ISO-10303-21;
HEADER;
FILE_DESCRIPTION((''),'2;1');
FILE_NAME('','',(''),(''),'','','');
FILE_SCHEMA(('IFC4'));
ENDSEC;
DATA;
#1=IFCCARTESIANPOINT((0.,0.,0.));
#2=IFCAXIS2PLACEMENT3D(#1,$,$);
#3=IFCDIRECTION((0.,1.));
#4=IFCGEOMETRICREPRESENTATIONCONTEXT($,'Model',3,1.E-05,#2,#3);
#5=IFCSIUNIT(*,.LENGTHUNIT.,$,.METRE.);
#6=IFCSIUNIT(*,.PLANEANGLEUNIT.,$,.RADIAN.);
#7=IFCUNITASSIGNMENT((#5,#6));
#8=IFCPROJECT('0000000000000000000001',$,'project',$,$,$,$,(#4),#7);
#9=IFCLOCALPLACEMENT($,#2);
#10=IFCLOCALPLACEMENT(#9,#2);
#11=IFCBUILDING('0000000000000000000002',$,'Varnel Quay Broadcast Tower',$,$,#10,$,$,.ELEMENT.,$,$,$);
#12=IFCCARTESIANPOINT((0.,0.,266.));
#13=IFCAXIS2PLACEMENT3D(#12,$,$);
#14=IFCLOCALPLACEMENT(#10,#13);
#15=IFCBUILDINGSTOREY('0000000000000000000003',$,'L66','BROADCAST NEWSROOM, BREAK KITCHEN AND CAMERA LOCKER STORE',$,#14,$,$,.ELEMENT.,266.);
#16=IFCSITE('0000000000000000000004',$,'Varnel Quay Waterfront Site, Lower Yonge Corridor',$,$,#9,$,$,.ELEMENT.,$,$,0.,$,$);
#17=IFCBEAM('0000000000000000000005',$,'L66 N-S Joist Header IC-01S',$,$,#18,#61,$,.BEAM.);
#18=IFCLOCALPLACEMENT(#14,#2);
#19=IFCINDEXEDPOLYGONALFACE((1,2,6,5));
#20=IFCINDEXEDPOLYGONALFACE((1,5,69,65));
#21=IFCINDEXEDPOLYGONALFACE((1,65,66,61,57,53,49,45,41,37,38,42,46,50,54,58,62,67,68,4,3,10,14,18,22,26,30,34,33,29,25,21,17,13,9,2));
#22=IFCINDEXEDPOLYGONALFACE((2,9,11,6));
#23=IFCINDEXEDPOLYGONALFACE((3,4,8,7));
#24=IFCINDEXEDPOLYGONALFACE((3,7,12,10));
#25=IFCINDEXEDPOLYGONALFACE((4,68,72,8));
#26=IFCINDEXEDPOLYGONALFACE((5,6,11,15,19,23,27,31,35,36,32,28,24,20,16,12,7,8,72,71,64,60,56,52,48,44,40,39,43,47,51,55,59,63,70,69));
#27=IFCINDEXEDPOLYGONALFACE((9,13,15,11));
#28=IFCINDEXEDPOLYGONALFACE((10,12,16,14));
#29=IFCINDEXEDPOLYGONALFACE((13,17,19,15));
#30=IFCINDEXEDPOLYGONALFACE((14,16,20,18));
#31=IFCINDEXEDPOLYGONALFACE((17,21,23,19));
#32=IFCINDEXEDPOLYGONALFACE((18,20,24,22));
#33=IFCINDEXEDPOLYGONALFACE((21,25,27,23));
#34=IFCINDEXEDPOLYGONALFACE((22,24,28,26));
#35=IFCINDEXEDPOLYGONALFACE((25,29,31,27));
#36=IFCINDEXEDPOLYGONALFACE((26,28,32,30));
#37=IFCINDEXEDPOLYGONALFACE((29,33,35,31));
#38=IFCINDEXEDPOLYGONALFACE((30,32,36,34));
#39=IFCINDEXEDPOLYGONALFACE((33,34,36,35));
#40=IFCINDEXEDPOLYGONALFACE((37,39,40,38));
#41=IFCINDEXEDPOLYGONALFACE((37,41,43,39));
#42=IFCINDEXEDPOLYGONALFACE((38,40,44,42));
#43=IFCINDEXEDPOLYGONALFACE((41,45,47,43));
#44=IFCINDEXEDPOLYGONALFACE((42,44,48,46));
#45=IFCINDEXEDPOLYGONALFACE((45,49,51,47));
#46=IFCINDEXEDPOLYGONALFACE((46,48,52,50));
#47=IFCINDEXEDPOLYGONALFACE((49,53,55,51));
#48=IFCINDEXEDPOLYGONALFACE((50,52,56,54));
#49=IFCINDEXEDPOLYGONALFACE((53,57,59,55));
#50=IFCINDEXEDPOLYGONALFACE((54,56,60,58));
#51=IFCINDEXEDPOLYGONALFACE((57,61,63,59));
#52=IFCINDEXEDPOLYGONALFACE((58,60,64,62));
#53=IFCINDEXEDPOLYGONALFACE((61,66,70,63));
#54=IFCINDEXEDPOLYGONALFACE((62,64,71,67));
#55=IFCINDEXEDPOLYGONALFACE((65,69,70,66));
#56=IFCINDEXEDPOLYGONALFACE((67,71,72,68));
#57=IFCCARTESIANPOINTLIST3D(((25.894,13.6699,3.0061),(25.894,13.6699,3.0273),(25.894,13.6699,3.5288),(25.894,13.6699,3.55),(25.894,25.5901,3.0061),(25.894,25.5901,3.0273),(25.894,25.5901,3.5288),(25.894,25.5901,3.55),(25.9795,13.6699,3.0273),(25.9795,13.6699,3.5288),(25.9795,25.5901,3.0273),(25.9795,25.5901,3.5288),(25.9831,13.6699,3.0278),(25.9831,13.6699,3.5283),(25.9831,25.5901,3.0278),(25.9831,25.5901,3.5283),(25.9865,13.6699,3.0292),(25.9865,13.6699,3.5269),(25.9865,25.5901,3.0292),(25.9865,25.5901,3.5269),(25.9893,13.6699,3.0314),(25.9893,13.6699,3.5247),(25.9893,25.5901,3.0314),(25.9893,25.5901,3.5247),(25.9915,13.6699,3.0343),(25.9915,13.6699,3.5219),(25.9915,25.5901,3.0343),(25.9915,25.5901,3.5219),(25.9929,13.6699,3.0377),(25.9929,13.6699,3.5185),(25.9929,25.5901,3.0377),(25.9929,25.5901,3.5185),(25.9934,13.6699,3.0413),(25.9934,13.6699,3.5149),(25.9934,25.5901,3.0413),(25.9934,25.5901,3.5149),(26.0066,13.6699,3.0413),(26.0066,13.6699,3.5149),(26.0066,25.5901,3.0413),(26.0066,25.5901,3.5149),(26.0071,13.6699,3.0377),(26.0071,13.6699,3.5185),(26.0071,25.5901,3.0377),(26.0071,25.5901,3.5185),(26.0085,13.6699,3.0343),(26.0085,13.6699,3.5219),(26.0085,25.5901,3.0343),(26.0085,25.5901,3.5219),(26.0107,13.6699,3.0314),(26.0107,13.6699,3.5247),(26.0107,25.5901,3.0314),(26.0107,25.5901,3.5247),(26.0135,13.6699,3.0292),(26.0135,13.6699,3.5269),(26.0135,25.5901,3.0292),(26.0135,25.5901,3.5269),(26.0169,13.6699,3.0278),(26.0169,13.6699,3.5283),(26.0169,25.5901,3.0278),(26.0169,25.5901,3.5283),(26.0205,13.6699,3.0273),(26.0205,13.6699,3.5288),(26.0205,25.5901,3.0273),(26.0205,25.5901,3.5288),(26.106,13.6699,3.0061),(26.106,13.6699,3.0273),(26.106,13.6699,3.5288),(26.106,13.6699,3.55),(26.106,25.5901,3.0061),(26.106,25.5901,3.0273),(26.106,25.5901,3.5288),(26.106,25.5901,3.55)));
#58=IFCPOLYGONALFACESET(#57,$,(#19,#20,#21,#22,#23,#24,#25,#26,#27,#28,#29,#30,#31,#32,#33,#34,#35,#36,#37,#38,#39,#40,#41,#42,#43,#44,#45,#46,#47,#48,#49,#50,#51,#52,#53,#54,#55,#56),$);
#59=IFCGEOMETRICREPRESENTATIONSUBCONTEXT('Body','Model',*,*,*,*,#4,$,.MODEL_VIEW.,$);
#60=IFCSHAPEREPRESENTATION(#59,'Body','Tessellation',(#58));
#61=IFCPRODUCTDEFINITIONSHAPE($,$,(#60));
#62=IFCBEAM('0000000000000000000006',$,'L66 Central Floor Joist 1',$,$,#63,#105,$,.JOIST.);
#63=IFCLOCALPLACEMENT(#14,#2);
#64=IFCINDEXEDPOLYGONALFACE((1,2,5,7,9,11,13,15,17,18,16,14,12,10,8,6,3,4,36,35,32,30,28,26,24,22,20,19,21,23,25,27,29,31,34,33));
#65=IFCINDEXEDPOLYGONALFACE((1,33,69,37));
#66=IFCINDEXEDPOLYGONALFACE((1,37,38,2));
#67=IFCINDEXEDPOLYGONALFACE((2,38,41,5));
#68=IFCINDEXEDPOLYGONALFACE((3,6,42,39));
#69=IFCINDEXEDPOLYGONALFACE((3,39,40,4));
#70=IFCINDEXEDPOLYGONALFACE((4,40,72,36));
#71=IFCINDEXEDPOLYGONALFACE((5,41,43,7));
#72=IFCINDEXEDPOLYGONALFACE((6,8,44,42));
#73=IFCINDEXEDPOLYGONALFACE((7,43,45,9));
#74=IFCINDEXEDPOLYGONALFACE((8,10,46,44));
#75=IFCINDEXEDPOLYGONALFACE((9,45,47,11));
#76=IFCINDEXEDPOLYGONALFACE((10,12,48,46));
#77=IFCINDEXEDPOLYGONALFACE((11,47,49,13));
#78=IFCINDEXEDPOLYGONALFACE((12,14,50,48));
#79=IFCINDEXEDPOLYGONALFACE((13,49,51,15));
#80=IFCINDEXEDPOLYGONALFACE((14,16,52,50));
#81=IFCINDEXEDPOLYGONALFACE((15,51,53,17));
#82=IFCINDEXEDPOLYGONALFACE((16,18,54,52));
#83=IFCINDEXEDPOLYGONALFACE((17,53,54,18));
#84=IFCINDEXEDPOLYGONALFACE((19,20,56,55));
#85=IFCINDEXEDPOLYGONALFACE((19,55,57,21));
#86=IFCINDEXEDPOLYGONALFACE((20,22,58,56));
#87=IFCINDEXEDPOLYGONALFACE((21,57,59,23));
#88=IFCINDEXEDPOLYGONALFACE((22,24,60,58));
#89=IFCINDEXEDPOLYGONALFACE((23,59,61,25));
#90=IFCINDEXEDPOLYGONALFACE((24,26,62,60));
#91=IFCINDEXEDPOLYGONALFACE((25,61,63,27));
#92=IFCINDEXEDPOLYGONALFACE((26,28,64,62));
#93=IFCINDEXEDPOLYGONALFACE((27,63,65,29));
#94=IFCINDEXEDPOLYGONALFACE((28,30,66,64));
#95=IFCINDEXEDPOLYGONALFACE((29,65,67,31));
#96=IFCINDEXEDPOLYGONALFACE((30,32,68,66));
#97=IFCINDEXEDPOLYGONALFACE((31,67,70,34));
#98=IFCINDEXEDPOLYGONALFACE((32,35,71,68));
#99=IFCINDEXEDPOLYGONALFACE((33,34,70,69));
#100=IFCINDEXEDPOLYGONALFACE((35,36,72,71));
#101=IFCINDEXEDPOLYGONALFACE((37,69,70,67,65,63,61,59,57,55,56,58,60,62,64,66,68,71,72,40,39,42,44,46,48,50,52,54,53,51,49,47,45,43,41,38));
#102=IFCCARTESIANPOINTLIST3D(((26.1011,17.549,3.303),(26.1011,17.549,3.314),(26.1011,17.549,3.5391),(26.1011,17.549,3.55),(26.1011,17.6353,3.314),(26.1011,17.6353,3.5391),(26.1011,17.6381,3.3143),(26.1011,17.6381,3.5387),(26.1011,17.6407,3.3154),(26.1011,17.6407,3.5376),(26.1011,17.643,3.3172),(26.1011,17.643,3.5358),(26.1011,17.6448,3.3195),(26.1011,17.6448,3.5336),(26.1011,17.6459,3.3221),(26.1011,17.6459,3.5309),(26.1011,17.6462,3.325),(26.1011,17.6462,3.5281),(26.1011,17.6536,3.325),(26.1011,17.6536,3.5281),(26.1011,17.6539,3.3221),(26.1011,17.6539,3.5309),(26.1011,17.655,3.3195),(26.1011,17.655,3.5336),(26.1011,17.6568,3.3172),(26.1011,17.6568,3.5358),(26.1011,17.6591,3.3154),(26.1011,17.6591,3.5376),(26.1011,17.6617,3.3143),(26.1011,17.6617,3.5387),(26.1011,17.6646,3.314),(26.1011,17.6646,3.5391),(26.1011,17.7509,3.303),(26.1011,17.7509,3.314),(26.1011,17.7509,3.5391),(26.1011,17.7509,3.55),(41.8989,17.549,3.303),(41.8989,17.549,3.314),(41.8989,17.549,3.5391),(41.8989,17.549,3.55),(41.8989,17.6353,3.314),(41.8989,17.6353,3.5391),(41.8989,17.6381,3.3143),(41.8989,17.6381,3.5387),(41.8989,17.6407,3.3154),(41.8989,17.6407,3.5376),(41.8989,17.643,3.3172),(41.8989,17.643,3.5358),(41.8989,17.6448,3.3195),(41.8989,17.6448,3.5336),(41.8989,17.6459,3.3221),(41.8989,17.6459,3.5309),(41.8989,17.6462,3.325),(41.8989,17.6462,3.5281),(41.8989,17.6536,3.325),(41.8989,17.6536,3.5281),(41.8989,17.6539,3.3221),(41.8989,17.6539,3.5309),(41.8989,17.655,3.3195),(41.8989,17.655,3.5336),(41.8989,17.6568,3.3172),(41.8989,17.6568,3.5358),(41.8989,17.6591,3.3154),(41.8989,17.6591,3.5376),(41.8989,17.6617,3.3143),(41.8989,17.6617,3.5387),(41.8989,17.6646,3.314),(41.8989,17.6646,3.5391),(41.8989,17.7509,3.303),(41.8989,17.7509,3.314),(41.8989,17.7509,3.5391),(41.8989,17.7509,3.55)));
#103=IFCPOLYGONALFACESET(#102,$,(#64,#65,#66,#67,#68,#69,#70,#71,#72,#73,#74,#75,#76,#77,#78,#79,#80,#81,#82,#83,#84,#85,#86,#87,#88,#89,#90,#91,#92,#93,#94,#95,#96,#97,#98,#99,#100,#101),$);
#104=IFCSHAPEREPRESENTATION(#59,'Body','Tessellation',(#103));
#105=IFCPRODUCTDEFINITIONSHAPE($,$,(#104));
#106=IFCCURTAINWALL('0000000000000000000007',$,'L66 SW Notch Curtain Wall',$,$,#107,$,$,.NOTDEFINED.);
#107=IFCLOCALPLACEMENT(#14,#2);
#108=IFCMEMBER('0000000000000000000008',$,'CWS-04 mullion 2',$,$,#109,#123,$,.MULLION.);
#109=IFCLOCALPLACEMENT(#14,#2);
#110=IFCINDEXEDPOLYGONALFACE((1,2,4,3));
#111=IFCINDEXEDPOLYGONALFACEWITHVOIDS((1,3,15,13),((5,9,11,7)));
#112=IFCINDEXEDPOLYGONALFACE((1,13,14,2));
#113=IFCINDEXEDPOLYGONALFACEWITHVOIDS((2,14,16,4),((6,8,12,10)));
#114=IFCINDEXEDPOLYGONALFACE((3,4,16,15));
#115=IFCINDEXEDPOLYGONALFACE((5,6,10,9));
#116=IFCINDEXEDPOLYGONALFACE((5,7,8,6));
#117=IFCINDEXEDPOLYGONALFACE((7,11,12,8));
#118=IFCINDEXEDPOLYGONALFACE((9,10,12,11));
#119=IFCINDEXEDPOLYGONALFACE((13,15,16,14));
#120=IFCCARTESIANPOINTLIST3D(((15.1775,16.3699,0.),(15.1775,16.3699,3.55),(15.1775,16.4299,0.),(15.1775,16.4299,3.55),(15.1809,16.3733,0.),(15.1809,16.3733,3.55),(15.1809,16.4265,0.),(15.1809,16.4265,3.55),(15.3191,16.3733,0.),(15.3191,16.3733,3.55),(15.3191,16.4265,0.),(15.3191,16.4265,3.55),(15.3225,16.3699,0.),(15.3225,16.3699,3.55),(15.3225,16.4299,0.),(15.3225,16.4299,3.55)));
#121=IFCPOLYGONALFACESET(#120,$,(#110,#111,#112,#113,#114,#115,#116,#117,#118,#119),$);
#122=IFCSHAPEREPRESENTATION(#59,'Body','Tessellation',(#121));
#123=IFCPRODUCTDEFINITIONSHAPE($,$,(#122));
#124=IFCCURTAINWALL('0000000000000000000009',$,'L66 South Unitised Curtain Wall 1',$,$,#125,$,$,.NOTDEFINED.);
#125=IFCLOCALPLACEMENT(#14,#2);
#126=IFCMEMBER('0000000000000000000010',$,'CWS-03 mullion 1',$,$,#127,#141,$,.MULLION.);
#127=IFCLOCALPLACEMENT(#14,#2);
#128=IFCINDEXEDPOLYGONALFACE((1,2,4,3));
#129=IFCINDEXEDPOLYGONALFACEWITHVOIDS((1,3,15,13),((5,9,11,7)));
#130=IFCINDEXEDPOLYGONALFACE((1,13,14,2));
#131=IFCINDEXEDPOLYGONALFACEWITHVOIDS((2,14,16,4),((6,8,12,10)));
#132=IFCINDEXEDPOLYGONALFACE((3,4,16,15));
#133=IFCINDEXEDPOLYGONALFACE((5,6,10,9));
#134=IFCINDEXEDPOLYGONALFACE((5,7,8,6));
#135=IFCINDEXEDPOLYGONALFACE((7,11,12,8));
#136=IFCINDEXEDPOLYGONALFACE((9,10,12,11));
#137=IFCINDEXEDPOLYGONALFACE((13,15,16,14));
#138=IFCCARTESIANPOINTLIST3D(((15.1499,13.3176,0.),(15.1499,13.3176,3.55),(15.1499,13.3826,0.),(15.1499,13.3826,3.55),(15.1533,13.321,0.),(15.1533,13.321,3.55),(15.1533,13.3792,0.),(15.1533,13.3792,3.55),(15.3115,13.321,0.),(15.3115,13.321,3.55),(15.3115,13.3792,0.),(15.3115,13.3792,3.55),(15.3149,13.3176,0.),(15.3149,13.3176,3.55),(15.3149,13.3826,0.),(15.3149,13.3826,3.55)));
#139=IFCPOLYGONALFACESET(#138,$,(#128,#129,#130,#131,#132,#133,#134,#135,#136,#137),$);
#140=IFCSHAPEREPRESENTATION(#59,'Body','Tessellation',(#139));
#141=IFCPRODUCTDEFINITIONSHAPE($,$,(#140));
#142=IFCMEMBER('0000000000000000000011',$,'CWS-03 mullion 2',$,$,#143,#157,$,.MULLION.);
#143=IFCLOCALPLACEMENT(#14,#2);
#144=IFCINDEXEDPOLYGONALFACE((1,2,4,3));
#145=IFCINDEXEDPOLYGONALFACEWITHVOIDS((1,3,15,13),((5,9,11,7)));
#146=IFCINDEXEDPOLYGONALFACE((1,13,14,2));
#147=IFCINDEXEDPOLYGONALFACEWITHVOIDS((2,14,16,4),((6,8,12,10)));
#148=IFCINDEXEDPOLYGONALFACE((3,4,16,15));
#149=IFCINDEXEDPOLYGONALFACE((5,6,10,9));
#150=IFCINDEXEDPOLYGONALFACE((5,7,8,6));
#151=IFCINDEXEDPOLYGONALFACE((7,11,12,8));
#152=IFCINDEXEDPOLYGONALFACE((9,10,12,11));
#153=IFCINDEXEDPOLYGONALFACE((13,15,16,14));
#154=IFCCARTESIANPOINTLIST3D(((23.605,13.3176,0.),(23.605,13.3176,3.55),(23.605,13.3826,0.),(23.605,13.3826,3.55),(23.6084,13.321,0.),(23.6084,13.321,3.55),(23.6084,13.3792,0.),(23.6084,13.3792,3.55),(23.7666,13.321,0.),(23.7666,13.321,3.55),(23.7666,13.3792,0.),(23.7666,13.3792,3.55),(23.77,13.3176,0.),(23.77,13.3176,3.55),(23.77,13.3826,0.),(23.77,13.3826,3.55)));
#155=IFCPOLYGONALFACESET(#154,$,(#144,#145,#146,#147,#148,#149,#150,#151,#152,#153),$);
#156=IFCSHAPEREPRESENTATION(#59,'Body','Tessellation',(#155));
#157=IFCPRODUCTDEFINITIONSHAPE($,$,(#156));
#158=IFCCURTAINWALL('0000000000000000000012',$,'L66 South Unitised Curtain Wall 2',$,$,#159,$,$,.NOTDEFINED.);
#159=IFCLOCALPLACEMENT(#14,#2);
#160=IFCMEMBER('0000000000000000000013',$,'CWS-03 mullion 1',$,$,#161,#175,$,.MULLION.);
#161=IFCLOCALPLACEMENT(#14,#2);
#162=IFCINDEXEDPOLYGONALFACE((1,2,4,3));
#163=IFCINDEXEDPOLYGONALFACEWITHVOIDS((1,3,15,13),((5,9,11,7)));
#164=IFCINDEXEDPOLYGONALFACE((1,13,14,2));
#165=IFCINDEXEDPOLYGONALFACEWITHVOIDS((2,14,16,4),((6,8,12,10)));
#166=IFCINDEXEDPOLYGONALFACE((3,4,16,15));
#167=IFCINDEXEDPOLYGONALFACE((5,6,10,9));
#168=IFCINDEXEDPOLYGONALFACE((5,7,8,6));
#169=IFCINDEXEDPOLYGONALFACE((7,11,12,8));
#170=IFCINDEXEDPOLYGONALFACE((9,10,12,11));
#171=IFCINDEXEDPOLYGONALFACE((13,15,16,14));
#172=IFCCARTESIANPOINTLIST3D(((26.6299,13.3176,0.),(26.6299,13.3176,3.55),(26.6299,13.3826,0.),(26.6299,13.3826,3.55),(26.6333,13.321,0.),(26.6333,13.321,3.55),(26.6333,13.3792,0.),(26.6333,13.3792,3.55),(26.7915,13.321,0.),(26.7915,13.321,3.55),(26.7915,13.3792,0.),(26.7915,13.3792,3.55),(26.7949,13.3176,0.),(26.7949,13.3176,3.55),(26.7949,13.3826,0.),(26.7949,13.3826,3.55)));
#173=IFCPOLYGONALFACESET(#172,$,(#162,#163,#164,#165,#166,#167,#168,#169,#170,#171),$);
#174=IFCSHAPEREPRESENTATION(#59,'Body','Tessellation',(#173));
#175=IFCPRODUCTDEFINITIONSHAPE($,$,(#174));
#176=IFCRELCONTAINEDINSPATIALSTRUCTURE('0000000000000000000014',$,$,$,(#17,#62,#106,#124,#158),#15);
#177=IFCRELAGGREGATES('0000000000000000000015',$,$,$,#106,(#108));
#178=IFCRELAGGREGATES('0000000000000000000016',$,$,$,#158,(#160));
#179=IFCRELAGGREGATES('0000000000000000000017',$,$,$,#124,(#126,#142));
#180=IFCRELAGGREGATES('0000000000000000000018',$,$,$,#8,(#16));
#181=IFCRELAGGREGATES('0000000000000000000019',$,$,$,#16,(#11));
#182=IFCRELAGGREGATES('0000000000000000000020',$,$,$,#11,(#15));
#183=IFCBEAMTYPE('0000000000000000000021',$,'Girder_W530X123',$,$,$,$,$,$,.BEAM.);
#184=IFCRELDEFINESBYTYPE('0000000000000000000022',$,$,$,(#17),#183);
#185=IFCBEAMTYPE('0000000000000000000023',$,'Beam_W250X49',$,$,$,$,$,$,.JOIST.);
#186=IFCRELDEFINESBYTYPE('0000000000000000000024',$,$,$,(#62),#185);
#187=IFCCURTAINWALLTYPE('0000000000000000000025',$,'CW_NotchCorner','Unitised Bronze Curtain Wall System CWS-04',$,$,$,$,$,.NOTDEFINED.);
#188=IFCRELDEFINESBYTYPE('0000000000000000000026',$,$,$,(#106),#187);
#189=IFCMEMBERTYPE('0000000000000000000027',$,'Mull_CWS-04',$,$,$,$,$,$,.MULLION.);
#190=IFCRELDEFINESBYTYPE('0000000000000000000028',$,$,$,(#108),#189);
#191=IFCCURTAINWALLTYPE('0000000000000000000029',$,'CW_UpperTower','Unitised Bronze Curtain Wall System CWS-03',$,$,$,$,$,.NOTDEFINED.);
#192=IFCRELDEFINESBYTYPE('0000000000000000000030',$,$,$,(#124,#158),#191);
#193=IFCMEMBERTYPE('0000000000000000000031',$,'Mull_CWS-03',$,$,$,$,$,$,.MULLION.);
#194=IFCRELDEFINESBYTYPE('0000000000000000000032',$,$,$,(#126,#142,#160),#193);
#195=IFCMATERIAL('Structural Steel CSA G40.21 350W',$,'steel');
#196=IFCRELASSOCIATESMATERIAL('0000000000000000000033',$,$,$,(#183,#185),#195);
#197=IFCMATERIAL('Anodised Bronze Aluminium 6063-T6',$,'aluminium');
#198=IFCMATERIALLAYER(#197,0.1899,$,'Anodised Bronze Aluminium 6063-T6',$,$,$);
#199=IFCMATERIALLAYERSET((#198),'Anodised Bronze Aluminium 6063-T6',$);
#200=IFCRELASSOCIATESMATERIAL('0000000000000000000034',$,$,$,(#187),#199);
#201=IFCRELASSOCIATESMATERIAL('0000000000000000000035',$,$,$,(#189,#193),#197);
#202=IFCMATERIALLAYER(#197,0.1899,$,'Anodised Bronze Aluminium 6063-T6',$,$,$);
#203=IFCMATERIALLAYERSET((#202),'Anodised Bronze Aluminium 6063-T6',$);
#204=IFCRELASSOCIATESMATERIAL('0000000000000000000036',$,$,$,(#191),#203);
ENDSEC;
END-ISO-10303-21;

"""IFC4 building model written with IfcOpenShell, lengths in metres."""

from ifc_helpers import new_model, si_unit, direction, frame, origin, origin_2d, place, context, subcontext, project, spatial, hollow_rectangle, i_section, extrude, source, transform, mapped, material, layer, layer_set, material_profile, profile_set, type_object, type_shapes, element, aggregate, save


model = new_model("IFC4")

# Units and contexts
model_context = context("Model", 3, precision=1e-05, world=origin(), true_north=direction((0.0, 1.0)))
body_context = subcontext(model_context, "Body", "Model", "MODEL_VIEW")
ifc_project = project(units=[si_unit("LENGTHUNIT", "METRE"), si_unit("PLANEANGLEUNIT", "RADIAN")], contexts=[model_context])

# Site, building, storey
site_placement = place(None, origin())
site = spatial("IfcSite", under=ifc_project, at=site_placement, Name="Varnel Quay Waterfront Site, Lower Yonge Corridor", CompositionType="ELEMENT", RefElevation=0.0)
building_placement = place(site_placement, origin())
building = spatial("IfcBuilding", under=site, at=building_placement, Name="Varnel Quay Broadcast Tower", CompositionType="ELEMENT")
storey_placement = place(building_placement, frame((0.0, 0.0, 266.0)))
storey = spatial("IfcBuildingStorey", under=building, at=storey_placement, Name="L66", Description="BROADCAST NEWSROOM, BREAK KITCHEN AND CAMERA LOCKER STORE", CompositionType="ELEMENT", Elevation=266.0)

# Shared definitions
ifc_material_1 = material(Name="Structural Steel CSA G40.21 350W", Category="steel")

# Beams
ifc_material_profile_1 = material_profile(ifc_material_1, i_section(OverallWidth=0.2119, OverallDepth=0.5439, WebThickness=0.0132, FlangeThickness=0.0212, FilletRadius=0.0139, at=origin_2d()), Name="W530X123")
ifc_profile_set_1 = profile_set([ifc_material_profile_1], Name="Structural Steel CSA G40.21 350W")
beam_type_1 = type_object("IfcBeamType", Name="Girder_W530X123", PredefinedType="BEAM", material=ifc_profile_set_1)
shared_shape_1 = source(origin(), body_context, "Body", "SweptSolid", [
    extrude(i_section(OverallWidth=0.2119, OverallDepth=0.5439, WebThickness=0.0132, FlangeThickness=0.0212, FilletRadius=0.0139, at=origin_2d()), origin(), (0.0, 0.0, 1.0), 11.9202),
])
type_shapes(beam_type_1, [shared_shape_1])
beam_1_placement = place(storey_placement, frame((26.0, 13.6699, 3.2781), z_axis=(0.0, 1.0, 0.0), x_axis=(-1.0, 0.0, 0.0)))
element("IfcBeam", 1, at=beam_1_placement, inside=storey, type_object=beam_type_1, Name="L66 N-S Joist Header IC-01S", PredefinedType="BEAM", context=body_context, shape_type="MappedRepresentation", body=[
    mapped(shared_shape_1, transform((0.0, 0.0, 0.0), x_axis=(1.0, 0.0, 0.0), y_axis=(0.0, 1.0, 0.0), z_axis=(0.0, 0.0, 1.0), scale=1.0)),
])
ifc_material_profile_2 = material_profile(ifc_material_1, i_section(OverallWidth=0.2019, OverallDepth=0.2471, WebThickness=0.0073, FlangeThickness=0.011, FilletRadius=0.011, at=origin_2d()), Name="W250X49")
ifc_profile_set_2 = profile_set([ifc_material_profile_2], Name="Structural Steel CSA G40.21 350W")
beam_type_2 = type_object("IfcBeamType", Name="Beam_W250X49", PredefinedType="JOIST", material=ifc_profile_set_2)
shared_shape_2 = source(origin(), body_context, "Body", "SweptSolid", [
    extrude(i_section(OverallWidth=0.2019, OverallDepth=0.2471, WebThickness=0.0073, FlangeThickness=0.011, FilletRadius=0.011, at=origin_2d()), origin(), (0.0, 0.0, 1.0), 15.7979),
])
type_shapes(beam_type_2, [shared_shape_2])
beam_2_placement = place(storey_placement, frame((26.1011, 17.6499, 3.4265), z_axis=(1.0, 0.0, 0.0), x_axis=(0.0, 1.0, 0.0)))
element("IfcBeam", 2, at=beam_2_placement, inside=storey, type_object=beam_type_2, Name="L66 Central Floor Joist 1", PredefinedType="JOIST", context=body_context, shape_type="MappedRepresentation", body=[
    mapped(shared_shape_2, transform((0.0, 0.0, 0.0), x_axis=(1.0, 0.0, 0.0), y_axis=(0.0, 1.0, 0.0), z_axis=(0.0, 0.0, 1.0), scale=1.0)),
])

# Curtain wall, member
ifc_material_2 = material(Name="Anodised Bronze Aluminium 6063-T6", Category="aluminium")
ifc_layer_1 = layer(ifc_material_2, 0.1899, Name="Anodised Bronze Aluminium 6063-T6")
ifc_layer_set_1 = layer_set([ifc_layer_1], Name="Anodised Bronze Aluminium 6063-T6")
curtain_wall_type_1 = type_object("IfcCurtainWallType", Name="CW_NotchCorner", Description="Unitised Bronze Curtain Wall System CWS-04", PredefinedType="NOTDEFINED", material=ifc_layer_set_1)
curtain_wall_1_placement = place(storey_placement, origin())
curtain_wall_1 = element("IfcCurtainWall", 3, at=curtain_wall_1_placement, inside=storey, type_object=curtain_wall_type_1, Name="L66 SW Notch Curtain Wall", PredefinedType="NOTDEFINED")
ifc_material_profile_3 = material_profile(ifc_material_2, hollow_rectangle(XDim=0.0601, YDim=0.145, WallThickness=0.0034, at=origin_2d()), Name="ALU60X145X3.5")
ifc_profile_set_3 = profile_set([ifc_material_profile_3], Name="Anodised Bronze Aluminium 6063-T6")
member_type_1 = type_object("IfcMemberType", Name="Mull_CWS-04", PredefinedType="MULLION", material=ifc_profile_set_3)
shared_shape_3 = source(origin(), body_context, "Body", "SweptSolid", [
    extrude(hollow_rectangle(XDim=0.0601, YDim=0.145, WallThickness=0.0034, at=origin_2d()), origin(), (0.0, 0.0, 1.0), 3.55),
])
type_shapes(member_type_1, [shared_shape_3])
member_1_placement = place(storey_placement, frame((15.25, 16.3999, 0.0), z_axis=(0.0, 0.0, 1.0), x_axis=(0.0, 1.0, 0.0)))
member_1 = element("IfcMember", 4, at=member_1_placement, type_object=member_type_1, Name="CWS-04 mullion 2", PredefinedType="MULLION", context=body_context, shape_type="MappedRepresentation", body=[
    mapped(shared_shape_3, transform((0.0, 0.0, 0.0), x_axis=(1.0, 0.0, 0.0), y_axis=(0.0, 1.0, 0.0), z_axis=(0.0, 0.0, 1.0), scale=1.0)),
])
aggregate(curtain_wall_1, [member_1])

# Curtain wall, members
ifc_layer_2 = layer(ifc_material_2, 0.1899, Name="Anodised Bronze Aluminium 6063-T6")
ifc_layer_set_2 = layer_set([ifc_layer_2], Name="Anodised Bronze Aluminium 6063-T6")
curtain_wall_type_2 = type_object("IfcCurtainWallType", Name="CW_UpperTower", Description="Unitised Bronze Curtain Wall System CWS-03", PredefinedType="NOTDEFINED", material=ifc_layer_set_2)
curtain_wall_2_placement = place(storey_placement, origin())
curtain_wall_2 = element("IfcCurtainWall", 5, at=curtain_wall_2_placement, inside=storey, type_object=curtain_wall_type_2, Name="L66 South Unitised Curtain Wall 1", PredefinedType="NOTDEFINED")
ifc_material_profile_4 = material_profile(ifc_material_2, hollow_rectangle(XDim=0.0649, YDim=0.165, WallThickness=0.0034, at=origin_2d()), Name="ALU65X165X3.5")
ifc_profile_set_4 = profile_set([ifc_material_profile_4], Name="Anodised Bronze Aluminium 6063-T6")
member_type_2 = type_object("IfcMemberType", Name="Mull_CWS-03", PredefinedType="MULLION", material=ifc_profile_set_4)
shared_shape_4 = source(origin(), body_context, "Body", "SweptSolid", [
    extrude(hollow_rectangle(XDim=0.0649, YDim=0.165, WallThickness=0.0034, at=origin_2d()), origin(), (0.0, 0.0, 1.0), 3.55),
])
type_shapes(member_type_2, [shared_shape_4])
member_2_placement = place(storey_placement, frame((15.2324, 13.3501, 0.0), z_axis=(0.0, 0.0, 1.0), x_axis=(0.0, 1.0, 0.0)))
member_2 = element("IfcMember", 6, at=member_2_placement, type_object=member_type_2, Name="CWS-03 mullion 1", PredefinedType="MULLION", context=body_context, shape_type="MappedRepresentation", body=[
    mapped(shared_shape_4, transform((0.0, 0.0, 0.0), x_axis=(1.0, 0.0, 0.0), y_axis=(0.0, 1.0, 0.0), z_axis=(0.0, 0.0, 1.0), scale=1.0)),
])
member_3_placement = place(storey_placement, frame((23.6875, 13.3501, 0.0), z_axis=(0.0, 0.0, 1.0), x_axis=(0.0, 1.0, 0.0)))
member_3 = element("IfcMember", 7, at=member_3_placement, type_object=member_type_2, Name="CWS-03 mullion 2", PredefinedType="MULLION", context=body_context, shape_type="MappedRepresentation", body=[
    mapped(shared_shape_4, transform((0.0, 0.0, 0.0), x_axis=(1.0, 0.0, 0.0), y_axis=(0.0, 1.0, 0.0), z_axis=(0.0, 0.0, 1.0), scale=1.0)),
])

# Curtain wall, member
curtain_wall_3_placement = place(storey_placement, origin())
curtain_wall_3 = element("IfcCurtainWall", 8, at=curtain_wall_3_placement, inside=storey, type_object=curtain_wall_type_2, Name="L66 South Unitised Curtain Wall 2", PredefinedType="NOTDEFINED")
member_4_placement = place(storey_placement, frame((26.7124, 13.3501, 0.0), z_axis=(0.0, 0.0, 1.0), x_axis=(0.0, 1.0, 0.0)))
member_4 = element("IfcMember", 9, at=member_4_placement, type_object=member_type_2, Name="CWS-03 mullion 1", PredefinedType="MULLION", context=body_context, shape_type="MappedRepresentation", body=[
    mapped(shared_shape_4, transform((0.0, 0.0, 0.0), x_axis=(1.0, 0.0, 0.0), y_axis=(0.0, 1.0, 0.0), z_axis=(0.0, 0.0, 1.0), scale=1.0)),
])

aggregate(curtain_wall_3, [member_4])

aggregate(curtain_wall_2, [member_2, member_3])

save(model, "model.ifc")
